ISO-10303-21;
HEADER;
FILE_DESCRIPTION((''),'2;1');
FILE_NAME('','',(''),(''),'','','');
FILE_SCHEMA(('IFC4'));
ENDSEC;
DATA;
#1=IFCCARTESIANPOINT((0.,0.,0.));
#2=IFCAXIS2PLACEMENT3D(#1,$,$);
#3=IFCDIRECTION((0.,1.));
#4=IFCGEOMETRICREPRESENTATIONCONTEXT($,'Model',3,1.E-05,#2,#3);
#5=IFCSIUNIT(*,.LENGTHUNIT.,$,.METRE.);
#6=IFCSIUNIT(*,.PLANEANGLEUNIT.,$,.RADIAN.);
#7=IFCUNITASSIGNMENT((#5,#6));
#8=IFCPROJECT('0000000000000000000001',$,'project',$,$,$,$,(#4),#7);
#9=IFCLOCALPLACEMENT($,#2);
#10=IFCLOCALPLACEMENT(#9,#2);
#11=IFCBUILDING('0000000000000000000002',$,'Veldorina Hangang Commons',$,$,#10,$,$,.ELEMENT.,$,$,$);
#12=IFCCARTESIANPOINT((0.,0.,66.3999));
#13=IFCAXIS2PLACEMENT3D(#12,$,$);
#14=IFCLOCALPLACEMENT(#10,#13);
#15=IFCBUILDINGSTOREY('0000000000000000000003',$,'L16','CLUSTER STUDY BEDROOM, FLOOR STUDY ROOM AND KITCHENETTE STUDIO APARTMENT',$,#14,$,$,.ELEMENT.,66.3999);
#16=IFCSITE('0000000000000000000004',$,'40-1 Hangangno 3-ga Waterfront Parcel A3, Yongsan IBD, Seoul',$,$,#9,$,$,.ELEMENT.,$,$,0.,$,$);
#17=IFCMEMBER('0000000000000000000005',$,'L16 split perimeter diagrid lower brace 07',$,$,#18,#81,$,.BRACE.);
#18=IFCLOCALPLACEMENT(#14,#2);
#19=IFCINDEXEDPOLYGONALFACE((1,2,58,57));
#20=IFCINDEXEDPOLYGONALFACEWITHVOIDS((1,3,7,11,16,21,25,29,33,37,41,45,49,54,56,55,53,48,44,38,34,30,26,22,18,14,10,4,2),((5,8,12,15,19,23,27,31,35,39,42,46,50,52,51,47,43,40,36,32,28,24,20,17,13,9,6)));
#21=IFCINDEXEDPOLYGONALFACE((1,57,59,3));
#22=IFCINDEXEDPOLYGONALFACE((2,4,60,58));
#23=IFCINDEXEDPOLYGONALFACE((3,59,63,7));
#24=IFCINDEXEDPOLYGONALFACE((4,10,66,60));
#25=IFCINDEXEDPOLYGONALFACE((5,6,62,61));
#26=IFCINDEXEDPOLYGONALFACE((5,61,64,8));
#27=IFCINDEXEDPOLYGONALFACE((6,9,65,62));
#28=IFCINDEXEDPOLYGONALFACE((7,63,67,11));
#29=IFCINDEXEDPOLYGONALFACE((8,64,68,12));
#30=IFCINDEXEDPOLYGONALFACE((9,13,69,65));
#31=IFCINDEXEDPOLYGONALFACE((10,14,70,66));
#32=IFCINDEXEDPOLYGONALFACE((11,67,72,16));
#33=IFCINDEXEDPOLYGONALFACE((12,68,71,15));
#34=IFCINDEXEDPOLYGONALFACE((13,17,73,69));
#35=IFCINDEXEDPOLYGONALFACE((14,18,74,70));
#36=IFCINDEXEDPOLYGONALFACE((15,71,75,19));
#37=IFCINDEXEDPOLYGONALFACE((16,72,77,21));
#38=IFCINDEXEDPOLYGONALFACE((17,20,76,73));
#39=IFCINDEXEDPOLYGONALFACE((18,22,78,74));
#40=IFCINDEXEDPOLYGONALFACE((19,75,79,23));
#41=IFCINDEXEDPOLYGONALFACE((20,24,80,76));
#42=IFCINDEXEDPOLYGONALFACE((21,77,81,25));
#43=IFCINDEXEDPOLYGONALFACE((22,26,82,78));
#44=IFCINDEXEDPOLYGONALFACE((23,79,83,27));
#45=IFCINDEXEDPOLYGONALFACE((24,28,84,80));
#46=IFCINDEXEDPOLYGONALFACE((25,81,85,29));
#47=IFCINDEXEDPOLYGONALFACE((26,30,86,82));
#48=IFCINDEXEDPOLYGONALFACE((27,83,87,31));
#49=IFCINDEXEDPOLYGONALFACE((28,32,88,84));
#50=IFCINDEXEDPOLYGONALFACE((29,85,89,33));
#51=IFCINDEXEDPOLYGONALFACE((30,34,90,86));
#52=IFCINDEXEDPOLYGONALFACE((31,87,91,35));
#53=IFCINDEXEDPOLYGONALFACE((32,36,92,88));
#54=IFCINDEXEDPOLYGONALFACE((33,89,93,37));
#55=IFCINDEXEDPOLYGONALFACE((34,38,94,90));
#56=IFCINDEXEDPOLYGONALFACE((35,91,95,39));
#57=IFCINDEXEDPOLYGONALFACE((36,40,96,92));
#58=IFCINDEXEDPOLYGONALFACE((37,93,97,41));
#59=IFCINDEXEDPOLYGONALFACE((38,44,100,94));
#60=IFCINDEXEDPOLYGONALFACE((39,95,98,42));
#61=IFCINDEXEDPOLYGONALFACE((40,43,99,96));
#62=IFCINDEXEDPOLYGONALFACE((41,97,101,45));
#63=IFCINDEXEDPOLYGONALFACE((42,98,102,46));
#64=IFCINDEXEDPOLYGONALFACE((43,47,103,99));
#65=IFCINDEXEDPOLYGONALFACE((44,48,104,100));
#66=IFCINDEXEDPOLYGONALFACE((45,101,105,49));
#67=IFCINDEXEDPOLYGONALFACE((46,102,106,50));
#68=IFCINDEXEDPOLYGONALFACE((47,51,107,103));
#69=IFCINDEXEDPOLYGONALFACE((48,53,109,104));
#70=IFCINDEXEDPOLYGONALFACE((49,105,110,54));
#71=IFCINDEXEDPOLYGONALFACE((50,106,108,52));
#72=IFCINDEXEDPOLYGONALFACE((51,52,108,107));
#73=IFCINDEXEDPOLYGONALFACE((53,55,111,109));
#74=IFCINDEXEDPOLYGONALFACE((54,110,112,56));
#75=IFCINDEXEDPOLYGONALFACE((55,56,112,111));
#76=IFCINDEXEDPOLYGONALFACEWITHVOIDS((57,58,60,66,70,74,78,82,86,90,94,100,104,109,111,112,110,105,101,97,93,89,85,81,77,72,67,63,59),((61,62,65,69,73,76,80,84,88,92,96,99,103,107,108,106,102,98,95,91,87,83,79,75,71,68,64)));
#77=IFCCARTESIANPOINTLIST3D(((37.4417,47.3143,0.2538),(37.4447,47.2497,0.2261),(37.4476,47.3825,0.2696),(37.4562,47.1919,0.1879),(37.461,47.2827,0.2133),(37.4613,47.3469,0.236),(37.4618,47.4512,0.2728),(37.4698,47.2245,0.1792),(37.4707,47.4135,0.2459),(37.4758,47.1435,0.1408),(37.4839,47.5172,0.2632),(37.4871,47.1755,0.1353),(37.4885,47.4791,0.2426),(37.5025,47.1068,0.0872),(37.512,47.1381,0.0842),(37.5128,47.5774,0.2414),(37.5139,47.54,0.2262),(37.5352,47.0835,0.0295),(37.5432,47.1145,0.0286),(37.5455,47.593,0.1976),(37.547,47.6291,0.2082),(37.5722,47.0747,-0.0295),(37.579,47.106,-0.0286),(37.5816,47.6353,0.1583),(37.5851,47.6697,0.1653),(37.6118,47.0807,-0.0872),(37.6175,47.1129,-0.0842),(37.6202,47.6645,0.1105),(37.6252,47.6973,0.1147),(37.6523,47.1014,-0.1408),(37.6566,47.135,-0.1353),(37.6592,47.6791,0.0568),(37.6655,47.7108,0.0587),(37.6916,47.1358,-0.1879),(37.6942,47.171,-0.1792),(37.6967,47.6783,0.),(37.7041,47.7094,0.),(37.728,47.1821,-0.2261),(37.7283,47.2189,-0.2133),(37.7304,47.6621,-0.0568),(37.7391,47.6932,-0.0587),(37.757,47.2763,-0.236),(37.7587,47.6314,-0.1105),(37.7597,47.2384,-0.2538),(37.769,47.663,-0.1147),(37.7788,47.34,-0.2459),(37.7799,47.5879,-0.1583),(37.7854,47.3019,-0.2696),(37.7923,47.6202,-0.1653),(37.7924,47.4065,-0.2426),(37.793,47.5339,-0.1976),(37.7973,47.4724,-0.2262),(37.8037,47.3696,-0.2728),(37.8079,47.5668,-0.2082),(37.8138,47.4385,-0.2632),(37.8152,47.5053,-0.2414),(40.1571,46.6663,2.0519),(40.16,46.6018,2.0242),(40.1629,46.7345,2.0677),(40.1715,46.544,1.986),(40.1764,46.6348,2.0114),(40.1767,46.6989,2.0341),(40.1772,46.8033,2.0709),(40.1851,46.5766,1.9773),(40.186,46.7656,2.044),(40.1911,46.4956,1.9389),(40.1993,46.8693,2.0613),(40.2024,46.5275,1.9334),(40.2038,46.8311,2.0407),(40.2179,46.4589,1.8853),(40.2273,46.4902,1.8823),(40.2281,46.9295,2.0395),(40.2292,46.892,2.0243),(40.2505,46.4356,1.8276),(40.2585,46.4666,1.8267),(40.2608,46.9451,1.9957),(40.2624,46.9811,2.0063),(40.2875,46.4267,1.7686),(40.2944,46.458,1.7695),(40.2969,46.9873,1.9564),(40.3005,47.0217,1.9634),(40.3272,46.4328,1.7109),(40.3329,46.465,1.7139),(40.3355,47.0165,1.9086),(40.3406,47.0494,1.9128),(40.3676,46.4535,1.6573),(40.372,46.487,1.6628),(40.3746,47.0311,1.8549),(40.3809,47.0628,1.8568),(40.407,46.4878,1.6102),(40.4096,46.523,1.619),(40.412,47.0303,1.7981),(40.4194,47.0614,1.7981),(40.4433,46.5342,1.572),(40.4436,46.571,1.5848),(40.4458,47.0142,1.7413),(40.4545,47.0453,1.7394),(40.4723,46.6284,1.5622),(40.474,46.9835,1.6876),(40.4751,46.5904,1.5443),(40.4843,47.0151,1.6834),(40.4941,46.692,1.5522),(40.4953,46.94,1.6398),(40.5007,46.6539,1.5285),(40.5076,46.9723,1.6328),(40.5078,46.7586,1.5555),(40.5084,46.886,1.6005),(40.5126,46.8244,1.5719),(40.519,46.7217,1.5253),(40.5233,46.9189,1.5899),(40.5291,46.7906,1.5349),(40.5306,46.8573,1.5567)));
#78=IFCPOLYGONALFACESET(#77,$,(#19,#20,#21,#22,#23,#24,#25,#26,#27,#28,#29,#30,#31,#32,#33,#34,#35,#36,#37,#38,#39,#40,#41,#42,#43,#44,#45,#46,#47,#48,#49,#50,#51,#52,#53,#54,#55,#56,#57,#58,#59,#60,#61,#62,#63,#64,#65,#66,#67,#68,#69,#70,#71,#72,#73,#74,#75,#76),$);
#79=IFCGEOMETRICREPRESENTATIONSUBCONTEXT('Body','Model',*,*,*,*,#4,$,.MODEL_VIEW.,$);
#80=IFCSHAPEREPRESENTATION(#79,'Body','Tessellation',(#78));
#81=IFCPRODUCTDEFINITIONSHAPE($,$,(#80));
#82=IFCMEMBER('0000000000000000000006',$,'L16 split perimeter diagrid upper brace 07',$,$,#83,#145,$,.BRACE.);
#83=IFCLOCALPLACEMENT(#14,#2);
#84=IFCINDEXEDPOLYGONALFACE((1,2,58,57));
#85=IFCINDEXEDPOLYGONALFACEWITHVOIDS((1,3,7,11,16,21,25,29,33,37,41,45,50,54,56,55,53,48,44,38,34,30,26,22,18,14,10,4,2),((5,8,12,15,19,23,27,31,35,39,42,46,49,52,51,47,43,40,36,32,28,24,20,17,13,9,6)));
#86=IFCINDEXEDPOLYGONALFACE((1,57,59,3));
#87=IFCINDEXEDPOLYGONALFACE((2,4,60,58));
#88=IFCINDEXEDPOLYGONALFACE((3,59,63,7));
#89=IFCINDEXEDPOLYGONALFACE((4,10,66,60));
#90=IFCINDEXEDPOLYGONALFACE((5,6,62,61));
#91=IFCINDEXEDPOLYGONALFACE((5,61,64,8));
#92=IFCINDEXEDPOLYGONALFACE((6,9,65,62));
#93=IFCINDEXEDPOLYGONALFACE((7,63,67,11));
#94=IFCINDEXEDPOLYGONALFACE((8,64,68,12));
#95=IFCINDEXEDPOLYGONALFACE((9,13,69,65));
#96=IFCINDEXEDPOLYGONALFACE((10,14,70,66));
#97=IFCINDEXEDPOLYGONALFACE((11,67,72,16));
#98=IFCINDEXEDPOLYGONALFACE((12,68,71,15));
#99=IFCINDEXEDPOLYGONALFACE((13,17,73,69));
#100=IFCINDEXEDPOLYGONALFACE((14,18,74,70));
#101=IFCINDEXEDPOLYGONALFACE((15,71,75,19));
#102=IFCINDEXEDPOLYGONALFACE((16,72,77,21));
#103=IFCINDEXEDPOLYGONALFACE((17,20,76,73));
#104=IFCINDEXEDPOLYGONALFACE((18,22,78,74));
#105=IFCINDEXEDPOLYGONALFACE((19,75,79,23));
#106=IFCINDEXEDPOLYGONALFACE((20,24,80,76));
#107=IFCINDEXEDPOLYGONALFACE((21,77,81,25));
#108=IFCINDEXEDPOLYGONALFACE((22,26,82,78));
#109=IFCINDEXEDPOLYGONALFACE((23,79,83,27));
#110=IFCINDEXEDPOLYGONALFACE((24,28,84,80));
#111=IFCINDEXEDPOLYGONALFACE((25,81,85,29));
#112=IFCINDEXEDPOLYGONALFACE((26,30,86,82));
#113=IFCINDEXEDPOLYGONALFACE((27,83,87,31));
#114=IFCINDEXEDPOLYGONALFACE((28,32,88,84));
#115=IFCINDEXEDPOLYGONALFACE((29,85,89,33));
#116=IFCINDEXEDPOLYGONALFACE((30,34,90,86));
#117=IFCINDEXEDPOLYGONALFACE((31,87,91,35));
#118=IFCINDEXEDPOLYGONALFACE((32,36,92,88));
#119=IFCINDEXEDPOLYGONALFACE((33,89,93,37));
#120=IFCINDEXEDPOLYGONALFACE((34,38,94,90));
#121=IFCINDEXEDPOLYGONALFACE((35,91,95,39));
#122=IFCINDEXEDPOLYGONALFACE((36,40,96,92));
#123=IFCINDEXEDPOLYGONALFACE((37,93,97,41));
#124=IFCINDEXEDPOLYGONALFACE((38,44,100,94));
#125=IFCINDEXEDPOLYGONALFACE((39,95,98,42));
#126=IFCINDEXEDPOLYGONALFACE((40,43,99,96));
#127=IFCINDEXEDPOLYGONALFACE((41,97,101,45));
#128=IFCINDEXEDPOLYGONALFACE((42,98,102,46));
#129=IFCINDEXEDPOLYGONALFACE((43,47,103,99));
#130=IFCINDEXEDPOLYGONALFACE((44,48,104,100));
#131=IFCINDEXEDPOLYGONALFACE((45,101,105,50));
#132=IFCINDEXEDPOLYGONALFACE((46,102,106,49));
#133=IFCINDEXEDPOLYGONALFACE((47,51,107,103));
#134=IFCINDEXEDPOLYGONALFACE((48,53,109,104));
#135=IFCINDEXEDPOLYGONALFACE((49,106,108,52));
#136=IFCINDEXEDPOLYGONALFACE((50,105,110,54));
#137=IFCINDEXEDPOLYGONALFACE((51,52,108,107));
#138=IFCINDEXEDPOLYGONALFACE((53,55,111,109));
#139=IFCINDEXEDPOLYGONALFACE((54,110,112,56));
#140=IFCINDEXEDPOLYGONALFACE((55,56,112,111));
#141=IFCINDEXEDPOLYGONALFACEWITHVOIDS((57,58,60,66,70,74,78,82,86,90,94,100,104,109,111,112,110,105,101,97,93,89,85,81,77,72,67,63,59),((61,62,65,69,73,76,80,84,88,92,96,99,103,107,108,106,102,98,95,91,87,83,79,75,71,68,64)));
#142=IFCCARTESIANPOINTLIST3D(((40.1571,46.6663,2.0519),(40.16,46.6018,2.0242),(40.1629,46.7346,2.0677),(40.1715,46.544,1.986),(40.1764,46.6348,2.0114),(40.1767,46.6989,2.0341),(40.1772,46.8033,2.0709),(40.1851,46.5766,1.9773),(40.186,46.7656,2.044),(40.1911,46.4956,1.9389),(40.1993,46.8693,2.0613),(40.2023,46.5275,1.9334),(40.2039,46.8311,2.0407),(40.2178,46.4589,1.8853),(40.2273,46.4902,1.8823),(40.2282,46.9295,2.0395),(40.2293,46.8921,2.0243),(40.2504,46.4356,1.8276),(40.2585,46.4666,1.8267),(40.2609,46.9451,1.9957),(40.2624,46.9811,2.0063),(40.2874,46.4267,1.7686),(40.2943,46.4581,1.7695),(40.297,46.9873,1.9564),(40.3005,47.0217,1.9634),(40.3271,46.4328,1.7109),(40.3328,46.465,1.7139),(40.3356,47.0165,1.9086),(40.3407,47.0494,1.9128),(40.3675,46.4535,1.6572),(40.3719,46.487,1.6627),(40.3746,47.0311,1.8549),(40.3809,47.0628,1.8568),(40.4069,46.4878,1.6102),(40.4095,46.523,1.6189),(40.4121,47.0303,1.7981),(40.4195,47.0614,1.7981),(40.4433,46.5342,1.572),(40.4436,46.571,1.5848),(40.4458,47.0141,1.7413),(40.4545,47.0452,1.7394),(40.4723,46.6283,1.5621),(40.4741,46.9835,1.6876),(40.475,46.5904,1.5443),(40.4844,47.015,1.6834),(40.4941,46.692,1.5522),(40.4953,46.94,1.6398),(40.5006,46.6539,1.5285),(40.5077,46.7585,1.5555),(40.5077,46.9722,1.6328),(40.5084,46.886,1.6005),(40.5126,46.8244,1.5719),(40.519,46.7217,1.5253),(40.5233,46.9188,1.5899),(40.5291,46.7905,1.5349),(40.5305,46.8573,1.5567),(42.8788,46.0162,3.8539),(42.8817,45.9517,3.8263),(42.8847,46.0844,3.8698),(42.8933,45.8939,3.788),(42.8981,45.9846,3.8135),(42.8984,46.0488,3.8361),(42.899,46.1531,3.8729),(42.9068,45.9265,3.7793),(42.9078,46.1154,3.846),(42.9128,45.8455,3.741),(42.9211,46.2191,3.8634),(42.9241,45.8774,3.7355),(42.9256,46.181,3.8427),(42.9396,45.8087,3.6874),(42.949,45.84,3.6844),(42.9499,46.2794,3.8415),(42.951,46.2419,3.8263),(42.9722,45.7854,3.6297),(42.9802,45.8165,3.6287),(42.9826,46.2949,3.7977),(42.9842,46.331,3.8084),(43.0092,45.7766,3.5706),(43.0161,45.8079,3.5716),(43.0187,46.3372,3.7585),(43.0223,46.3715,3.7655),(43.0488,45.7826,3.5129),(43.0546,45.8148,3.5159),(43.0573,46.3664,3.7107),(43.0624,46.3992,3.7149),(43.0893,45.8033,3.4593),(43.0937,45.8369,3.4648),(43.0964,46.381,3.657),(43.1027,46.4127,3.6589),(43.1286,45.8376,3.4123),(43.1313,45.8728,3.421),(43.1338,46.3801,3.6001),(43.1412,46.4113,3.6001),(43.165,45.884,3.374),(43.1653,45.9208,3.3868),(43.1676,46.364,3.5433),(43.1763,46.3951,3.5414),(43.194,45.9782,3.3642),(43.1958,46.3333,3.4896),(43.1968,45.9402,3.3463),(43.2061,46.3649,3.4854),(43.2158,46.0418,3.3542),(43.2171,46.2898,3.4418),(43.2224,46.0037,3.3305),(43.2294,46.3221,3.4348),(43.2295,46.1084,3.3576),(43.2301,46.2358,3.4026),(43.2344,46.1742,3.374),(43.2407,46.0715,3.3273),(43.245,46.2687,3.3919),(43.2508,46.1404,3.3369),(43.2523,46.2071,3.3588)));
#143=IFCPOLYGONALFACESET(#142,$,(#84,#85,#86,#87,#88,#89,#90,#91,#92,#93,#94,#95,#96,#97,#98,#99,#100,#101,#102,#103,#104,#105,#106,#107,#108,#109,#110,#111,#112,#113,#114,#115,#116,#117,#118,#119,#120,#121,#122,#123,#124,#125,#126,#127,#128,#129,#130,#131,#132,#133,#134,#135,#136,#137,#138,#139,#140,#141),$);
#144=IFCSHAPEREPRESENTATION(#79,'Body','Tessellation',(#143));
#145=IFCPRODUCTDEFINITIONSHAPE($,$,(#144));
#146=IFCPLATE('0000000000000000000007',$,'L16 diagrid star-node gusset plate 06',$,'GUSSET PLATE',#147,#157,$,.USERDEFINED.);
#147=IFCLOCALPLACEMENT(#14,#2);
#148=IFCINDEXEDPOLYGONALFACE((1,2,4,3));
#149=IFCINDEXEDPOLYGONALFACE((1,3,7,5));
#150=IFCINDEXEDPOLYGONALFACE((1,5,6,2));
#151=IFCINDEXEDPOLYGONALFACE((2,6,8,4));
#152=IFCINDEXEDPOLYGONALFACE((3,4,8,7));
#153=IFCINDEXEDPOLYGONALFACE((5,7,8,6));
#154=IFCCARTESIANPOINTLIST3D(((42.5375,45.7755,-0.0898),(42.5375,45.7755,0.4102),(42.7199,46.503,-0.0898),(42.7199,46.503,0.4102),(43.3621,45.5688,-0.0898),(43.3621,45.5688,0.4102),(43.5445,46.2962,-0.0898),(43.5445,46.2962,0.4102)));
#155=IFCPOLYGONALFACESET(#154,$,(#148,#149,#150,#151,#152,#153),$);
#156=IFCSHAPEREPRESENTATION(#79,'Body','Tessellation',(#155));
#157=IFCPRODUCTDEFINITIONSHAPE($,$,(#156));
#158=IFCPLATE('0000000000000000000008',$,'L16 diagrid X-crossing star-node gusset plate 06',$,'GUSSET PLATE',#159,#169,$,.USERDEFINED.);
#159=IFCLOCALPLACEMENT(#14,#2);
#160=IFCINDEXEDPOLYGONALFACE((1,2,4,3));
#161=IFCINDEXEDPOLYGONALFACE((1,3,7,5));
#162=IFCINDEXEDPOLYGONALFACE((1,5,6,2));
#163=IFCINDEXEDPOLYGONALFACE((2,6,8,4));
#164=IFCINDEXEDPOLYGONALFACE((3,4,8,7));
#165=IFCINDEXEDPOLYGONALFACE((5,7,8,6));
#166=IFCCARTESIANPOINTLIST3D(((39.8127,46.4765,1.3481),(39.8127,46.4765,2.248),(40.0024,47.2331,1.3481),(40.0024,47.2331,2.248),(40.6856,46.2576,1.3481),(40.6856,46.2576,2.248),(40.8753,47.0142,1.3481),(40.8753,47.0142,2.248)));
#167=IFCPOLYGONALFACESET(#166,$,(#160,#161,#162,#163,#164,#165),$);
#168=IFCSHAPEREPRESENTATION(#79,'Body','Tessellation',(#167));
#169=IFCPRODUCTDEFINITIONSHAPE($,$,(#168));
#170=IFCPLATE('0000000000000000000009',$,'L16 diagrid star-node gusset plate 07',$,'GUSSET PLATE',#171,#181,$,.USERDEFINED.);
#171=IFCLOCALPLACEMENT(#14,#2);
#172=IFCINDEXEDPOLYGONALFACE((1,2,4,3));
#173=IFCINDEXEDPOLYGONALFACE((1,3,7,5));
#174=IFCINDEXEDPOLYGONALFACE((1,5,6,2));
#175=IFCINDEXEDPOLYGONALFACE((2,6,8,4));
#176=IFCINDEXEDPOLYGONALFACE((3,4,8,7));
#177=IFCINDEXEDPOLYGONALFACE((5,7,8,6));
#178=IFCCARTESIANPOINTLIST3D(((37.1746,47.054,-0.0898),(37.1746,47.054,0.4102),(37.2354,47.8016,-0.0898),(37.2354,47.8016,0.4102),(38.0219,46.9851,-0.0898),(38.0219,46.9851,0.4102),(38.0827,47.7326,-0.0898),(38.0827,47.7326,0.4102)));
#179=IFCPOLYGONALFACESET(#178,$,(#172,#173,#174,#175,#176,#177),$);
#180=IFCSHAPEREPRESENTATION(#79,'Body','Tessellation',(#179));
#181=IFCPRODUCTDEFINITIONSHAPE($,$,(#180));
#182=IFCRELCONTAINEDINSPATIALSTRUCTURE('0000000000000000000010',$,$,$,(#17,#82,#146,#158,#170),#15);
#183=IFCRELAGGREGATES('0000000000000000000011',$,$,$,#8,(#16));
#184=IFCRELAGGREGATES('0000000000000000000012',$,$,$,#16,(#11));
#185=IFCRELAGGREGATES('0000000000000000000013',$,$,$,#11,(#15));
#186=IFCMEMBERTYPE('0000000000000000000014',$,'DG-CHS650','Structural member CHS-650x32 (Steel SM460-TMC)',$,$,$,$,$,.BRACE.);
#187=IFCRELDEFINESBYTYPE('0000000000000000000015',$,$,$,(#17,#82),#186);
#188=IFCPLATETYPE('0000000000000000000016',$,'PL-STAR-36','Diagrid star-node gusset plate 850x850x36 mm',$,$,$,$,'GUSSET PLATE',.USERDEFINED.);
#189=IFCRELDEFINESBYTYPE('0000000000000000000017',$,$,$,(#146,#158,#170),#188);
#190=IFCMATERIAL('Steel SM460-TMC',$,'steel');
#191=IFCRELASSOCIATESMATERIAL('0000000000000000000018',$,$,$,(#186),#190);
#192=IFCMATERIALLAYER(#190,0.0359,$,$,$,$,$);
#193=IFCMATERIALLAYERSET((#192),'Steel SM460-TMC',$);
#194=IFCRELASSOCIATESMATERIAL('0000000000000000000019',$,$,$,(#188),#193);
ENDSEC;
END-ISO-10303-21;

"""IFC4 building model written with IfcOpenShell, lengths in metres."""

from ifc_helpers import new_model, si_unit, direction, frame, origin, origin_2d, place, context, subcontext, project, spatial, rectangle, hollow_circle, extrude, material, layer, layer_set, material_profile, profile_set, type_object, element, save


model = new_model("IFC4")

# Units and contexts
model_context = context("Model", 3, precision=1e-05, world=origin(), true_north=direction((0.0, 1.0)))
body_context = subcontext(model_context, "Body", "Model", "MODEL_VIEW")
ifc_project = project(units=[si_unit("LENGTHUNIT", "METRE"), si_unit("PLANEANGLEUNIT", "RADIAN")], contexts=[model_context])

# Site, building, storey
site_placement = place(None, origin())
site = spatial("IfcSite", under=ifc_project, at=site_placement, Name="40-1 Hangangno 3-ga Waterfront Parcel A3, Yongsan IBD, Seoul", CompositionType="ELEMENT", RefElevation=0.0)
building_placement = place(site_placement, origin())
building = spatial("IfcBuilding", under=site, at=building_placement, Name="Veldorina Hangang Commons", CompositionType="ELEMENT")
storey_placement = place(building_placement, frame((0.0, 0.0, 66.3999)))
storey = spatial("IfcBuildingStorey", under=building, at=storey_placement, Name="L16", Description="CLUSTER STUDY BEDROOM, FLOOR STUDY ROOM AND KITCHENETTE STUDIO APARTMENT", CompositionType="ELEMENT", Elevation=66.3999)

# Members
ifc_material_1 = material(Name="Steel SM460-TMC", Category="steel")
ifc_material_profile_1 = material_profile(ifc_material_1, hollow_circle(Radius=0.325, WallThickness=0.032, at=origin_2d()), Name="CHS-650x32")
ifc_profile_set_1 = profile_set([ifc_material_profile_1], Name="Steel SM460-TMC")
member_type = type_object("IfcMemberType", Name="DG-CHS650", Description="Structural member CHS-650x32 (Steel SM460-TMC)", PredefinedType="BRACE", material=ifc_profile_set_1)
member_1_placement = place(storey_placement, frame((37.6287, 47.3933, 0.0), z_axis=(0.817737, -0.195133, 0.541506), x_axis=(0.232109, 0.97269, 0.0)))
element("IfcMember", 1, at=member_1_placement, inside=storey, type_object=member_type, Name="L16 split perimeter diagrid lower brace 07", PredefinedType="BRACE", context=body_context, shape_type="SweptSolid", body=[
    extrude(hollow_circle(Radius=0.325, WallThickness=0.032, at=origin_2d()), origin(), (0.0, 0.0, 1.0), 3.3206),
])
member_2_placement = place(storey_placement, frame((40.344, 46.7454, 1.7981), z_axis=(0.817744, -0.19534, 0.541422), x_axis=(0.23234, 0.972635, 0.0)))
element("IfcMember", 2, at=member_2_placement, inside=storey, type_object=member_type, Name="L16 split perimeter diagrid upper brace 07", PredefinedType="BRACE", context=body_context, shape_type="SweptSolid", body=[
    extrude(hollow_circle(Radius=0.325, WallThickness=0.032, at=origin_2d()), origin(), (0.0, 0.0, 1.0), 3.3284),
])

# Plates
ifc_layer_1 = layer(ifc_material_1, 0.0359)
ifc_layer_set_1 = layer_set([ifc_layer_1], Name="Steel SM460-TMC")
plate_type = type_object("IfcPlateType", Name="PL-STAR-36", Description="Diagrid star-node gusset plate 850x850x36 mm", ElementType="GUSSET PLATE", PredefinedType="USERDEFINED", material=ifc_layer_set_1)
plate_1_placement = place(storey_placement, frame((43.041, 46.0359, -0.0898), z_axis=(0.0, 0.0, 1.0), x_axis=(-0.969965, 0.243243, 0.0)))
element("IfcPlate", 3, at=plate_1_placement, inside=storey, type_object=plate_type, Name="L16 diagrid star-node gusset plate 06", ObjectType="GUSSET PLATE", PredefinedType="USERDEFINED", context=body_context, shape_type="SweptSolid", body=[
    extrude(rectangle(XDim=0.8501, YDim=0.75, at=origin_2d()), origin(), (0.0, 0.0, 1.0), 0.5),
])
plate_2_placement = place(storey_placement, frame((40.344, 46.7454, 1.3481), z_axis=(0.0, 0.0, 1.0), x_axis=(-0.969965, 0.243243, 0.0)))
element("IfcPlate", 4, at=plate_2_placement, inside=storey, type_object=plate_type, Name="L16 diagrid X-crossing star-node gusset plate 06", ObjectType="GUSSET PLATE", PredefinedType="USERDEFINED", context=body_context, shape_type="SweptSolid", body=[
    extrude(rectangle(XDim=0.8999, YDim=0.78, at=origin_2d()), origin(), (0.0, 0.0, 1.0), 0.8999),
])
plate_3_placement = place(storey_placement, frame((37.6287, 47.3933, -0.0898), z_axis=(0.0, 0.0, 1.0), x_axis=(-0.996701, 0.081156, 0.0)))
element("IfcPlate", 5, at=plate_3_placement, inside=storey, type_object=plate_type, Name="L16 diagrid star-node gusset plate 07", ObjectType="GUSSET PLATE", PredefinedType="USERDEFINED", context=body_context, shape_type="SweptSolid", body=[
    extrude(rectangle(XDim=0.8501, YDim=0.75, at=origin_2d()), origin(), (0.0, 0.0, 1.0), 0.5),
])

save(model, "model.ifc")
